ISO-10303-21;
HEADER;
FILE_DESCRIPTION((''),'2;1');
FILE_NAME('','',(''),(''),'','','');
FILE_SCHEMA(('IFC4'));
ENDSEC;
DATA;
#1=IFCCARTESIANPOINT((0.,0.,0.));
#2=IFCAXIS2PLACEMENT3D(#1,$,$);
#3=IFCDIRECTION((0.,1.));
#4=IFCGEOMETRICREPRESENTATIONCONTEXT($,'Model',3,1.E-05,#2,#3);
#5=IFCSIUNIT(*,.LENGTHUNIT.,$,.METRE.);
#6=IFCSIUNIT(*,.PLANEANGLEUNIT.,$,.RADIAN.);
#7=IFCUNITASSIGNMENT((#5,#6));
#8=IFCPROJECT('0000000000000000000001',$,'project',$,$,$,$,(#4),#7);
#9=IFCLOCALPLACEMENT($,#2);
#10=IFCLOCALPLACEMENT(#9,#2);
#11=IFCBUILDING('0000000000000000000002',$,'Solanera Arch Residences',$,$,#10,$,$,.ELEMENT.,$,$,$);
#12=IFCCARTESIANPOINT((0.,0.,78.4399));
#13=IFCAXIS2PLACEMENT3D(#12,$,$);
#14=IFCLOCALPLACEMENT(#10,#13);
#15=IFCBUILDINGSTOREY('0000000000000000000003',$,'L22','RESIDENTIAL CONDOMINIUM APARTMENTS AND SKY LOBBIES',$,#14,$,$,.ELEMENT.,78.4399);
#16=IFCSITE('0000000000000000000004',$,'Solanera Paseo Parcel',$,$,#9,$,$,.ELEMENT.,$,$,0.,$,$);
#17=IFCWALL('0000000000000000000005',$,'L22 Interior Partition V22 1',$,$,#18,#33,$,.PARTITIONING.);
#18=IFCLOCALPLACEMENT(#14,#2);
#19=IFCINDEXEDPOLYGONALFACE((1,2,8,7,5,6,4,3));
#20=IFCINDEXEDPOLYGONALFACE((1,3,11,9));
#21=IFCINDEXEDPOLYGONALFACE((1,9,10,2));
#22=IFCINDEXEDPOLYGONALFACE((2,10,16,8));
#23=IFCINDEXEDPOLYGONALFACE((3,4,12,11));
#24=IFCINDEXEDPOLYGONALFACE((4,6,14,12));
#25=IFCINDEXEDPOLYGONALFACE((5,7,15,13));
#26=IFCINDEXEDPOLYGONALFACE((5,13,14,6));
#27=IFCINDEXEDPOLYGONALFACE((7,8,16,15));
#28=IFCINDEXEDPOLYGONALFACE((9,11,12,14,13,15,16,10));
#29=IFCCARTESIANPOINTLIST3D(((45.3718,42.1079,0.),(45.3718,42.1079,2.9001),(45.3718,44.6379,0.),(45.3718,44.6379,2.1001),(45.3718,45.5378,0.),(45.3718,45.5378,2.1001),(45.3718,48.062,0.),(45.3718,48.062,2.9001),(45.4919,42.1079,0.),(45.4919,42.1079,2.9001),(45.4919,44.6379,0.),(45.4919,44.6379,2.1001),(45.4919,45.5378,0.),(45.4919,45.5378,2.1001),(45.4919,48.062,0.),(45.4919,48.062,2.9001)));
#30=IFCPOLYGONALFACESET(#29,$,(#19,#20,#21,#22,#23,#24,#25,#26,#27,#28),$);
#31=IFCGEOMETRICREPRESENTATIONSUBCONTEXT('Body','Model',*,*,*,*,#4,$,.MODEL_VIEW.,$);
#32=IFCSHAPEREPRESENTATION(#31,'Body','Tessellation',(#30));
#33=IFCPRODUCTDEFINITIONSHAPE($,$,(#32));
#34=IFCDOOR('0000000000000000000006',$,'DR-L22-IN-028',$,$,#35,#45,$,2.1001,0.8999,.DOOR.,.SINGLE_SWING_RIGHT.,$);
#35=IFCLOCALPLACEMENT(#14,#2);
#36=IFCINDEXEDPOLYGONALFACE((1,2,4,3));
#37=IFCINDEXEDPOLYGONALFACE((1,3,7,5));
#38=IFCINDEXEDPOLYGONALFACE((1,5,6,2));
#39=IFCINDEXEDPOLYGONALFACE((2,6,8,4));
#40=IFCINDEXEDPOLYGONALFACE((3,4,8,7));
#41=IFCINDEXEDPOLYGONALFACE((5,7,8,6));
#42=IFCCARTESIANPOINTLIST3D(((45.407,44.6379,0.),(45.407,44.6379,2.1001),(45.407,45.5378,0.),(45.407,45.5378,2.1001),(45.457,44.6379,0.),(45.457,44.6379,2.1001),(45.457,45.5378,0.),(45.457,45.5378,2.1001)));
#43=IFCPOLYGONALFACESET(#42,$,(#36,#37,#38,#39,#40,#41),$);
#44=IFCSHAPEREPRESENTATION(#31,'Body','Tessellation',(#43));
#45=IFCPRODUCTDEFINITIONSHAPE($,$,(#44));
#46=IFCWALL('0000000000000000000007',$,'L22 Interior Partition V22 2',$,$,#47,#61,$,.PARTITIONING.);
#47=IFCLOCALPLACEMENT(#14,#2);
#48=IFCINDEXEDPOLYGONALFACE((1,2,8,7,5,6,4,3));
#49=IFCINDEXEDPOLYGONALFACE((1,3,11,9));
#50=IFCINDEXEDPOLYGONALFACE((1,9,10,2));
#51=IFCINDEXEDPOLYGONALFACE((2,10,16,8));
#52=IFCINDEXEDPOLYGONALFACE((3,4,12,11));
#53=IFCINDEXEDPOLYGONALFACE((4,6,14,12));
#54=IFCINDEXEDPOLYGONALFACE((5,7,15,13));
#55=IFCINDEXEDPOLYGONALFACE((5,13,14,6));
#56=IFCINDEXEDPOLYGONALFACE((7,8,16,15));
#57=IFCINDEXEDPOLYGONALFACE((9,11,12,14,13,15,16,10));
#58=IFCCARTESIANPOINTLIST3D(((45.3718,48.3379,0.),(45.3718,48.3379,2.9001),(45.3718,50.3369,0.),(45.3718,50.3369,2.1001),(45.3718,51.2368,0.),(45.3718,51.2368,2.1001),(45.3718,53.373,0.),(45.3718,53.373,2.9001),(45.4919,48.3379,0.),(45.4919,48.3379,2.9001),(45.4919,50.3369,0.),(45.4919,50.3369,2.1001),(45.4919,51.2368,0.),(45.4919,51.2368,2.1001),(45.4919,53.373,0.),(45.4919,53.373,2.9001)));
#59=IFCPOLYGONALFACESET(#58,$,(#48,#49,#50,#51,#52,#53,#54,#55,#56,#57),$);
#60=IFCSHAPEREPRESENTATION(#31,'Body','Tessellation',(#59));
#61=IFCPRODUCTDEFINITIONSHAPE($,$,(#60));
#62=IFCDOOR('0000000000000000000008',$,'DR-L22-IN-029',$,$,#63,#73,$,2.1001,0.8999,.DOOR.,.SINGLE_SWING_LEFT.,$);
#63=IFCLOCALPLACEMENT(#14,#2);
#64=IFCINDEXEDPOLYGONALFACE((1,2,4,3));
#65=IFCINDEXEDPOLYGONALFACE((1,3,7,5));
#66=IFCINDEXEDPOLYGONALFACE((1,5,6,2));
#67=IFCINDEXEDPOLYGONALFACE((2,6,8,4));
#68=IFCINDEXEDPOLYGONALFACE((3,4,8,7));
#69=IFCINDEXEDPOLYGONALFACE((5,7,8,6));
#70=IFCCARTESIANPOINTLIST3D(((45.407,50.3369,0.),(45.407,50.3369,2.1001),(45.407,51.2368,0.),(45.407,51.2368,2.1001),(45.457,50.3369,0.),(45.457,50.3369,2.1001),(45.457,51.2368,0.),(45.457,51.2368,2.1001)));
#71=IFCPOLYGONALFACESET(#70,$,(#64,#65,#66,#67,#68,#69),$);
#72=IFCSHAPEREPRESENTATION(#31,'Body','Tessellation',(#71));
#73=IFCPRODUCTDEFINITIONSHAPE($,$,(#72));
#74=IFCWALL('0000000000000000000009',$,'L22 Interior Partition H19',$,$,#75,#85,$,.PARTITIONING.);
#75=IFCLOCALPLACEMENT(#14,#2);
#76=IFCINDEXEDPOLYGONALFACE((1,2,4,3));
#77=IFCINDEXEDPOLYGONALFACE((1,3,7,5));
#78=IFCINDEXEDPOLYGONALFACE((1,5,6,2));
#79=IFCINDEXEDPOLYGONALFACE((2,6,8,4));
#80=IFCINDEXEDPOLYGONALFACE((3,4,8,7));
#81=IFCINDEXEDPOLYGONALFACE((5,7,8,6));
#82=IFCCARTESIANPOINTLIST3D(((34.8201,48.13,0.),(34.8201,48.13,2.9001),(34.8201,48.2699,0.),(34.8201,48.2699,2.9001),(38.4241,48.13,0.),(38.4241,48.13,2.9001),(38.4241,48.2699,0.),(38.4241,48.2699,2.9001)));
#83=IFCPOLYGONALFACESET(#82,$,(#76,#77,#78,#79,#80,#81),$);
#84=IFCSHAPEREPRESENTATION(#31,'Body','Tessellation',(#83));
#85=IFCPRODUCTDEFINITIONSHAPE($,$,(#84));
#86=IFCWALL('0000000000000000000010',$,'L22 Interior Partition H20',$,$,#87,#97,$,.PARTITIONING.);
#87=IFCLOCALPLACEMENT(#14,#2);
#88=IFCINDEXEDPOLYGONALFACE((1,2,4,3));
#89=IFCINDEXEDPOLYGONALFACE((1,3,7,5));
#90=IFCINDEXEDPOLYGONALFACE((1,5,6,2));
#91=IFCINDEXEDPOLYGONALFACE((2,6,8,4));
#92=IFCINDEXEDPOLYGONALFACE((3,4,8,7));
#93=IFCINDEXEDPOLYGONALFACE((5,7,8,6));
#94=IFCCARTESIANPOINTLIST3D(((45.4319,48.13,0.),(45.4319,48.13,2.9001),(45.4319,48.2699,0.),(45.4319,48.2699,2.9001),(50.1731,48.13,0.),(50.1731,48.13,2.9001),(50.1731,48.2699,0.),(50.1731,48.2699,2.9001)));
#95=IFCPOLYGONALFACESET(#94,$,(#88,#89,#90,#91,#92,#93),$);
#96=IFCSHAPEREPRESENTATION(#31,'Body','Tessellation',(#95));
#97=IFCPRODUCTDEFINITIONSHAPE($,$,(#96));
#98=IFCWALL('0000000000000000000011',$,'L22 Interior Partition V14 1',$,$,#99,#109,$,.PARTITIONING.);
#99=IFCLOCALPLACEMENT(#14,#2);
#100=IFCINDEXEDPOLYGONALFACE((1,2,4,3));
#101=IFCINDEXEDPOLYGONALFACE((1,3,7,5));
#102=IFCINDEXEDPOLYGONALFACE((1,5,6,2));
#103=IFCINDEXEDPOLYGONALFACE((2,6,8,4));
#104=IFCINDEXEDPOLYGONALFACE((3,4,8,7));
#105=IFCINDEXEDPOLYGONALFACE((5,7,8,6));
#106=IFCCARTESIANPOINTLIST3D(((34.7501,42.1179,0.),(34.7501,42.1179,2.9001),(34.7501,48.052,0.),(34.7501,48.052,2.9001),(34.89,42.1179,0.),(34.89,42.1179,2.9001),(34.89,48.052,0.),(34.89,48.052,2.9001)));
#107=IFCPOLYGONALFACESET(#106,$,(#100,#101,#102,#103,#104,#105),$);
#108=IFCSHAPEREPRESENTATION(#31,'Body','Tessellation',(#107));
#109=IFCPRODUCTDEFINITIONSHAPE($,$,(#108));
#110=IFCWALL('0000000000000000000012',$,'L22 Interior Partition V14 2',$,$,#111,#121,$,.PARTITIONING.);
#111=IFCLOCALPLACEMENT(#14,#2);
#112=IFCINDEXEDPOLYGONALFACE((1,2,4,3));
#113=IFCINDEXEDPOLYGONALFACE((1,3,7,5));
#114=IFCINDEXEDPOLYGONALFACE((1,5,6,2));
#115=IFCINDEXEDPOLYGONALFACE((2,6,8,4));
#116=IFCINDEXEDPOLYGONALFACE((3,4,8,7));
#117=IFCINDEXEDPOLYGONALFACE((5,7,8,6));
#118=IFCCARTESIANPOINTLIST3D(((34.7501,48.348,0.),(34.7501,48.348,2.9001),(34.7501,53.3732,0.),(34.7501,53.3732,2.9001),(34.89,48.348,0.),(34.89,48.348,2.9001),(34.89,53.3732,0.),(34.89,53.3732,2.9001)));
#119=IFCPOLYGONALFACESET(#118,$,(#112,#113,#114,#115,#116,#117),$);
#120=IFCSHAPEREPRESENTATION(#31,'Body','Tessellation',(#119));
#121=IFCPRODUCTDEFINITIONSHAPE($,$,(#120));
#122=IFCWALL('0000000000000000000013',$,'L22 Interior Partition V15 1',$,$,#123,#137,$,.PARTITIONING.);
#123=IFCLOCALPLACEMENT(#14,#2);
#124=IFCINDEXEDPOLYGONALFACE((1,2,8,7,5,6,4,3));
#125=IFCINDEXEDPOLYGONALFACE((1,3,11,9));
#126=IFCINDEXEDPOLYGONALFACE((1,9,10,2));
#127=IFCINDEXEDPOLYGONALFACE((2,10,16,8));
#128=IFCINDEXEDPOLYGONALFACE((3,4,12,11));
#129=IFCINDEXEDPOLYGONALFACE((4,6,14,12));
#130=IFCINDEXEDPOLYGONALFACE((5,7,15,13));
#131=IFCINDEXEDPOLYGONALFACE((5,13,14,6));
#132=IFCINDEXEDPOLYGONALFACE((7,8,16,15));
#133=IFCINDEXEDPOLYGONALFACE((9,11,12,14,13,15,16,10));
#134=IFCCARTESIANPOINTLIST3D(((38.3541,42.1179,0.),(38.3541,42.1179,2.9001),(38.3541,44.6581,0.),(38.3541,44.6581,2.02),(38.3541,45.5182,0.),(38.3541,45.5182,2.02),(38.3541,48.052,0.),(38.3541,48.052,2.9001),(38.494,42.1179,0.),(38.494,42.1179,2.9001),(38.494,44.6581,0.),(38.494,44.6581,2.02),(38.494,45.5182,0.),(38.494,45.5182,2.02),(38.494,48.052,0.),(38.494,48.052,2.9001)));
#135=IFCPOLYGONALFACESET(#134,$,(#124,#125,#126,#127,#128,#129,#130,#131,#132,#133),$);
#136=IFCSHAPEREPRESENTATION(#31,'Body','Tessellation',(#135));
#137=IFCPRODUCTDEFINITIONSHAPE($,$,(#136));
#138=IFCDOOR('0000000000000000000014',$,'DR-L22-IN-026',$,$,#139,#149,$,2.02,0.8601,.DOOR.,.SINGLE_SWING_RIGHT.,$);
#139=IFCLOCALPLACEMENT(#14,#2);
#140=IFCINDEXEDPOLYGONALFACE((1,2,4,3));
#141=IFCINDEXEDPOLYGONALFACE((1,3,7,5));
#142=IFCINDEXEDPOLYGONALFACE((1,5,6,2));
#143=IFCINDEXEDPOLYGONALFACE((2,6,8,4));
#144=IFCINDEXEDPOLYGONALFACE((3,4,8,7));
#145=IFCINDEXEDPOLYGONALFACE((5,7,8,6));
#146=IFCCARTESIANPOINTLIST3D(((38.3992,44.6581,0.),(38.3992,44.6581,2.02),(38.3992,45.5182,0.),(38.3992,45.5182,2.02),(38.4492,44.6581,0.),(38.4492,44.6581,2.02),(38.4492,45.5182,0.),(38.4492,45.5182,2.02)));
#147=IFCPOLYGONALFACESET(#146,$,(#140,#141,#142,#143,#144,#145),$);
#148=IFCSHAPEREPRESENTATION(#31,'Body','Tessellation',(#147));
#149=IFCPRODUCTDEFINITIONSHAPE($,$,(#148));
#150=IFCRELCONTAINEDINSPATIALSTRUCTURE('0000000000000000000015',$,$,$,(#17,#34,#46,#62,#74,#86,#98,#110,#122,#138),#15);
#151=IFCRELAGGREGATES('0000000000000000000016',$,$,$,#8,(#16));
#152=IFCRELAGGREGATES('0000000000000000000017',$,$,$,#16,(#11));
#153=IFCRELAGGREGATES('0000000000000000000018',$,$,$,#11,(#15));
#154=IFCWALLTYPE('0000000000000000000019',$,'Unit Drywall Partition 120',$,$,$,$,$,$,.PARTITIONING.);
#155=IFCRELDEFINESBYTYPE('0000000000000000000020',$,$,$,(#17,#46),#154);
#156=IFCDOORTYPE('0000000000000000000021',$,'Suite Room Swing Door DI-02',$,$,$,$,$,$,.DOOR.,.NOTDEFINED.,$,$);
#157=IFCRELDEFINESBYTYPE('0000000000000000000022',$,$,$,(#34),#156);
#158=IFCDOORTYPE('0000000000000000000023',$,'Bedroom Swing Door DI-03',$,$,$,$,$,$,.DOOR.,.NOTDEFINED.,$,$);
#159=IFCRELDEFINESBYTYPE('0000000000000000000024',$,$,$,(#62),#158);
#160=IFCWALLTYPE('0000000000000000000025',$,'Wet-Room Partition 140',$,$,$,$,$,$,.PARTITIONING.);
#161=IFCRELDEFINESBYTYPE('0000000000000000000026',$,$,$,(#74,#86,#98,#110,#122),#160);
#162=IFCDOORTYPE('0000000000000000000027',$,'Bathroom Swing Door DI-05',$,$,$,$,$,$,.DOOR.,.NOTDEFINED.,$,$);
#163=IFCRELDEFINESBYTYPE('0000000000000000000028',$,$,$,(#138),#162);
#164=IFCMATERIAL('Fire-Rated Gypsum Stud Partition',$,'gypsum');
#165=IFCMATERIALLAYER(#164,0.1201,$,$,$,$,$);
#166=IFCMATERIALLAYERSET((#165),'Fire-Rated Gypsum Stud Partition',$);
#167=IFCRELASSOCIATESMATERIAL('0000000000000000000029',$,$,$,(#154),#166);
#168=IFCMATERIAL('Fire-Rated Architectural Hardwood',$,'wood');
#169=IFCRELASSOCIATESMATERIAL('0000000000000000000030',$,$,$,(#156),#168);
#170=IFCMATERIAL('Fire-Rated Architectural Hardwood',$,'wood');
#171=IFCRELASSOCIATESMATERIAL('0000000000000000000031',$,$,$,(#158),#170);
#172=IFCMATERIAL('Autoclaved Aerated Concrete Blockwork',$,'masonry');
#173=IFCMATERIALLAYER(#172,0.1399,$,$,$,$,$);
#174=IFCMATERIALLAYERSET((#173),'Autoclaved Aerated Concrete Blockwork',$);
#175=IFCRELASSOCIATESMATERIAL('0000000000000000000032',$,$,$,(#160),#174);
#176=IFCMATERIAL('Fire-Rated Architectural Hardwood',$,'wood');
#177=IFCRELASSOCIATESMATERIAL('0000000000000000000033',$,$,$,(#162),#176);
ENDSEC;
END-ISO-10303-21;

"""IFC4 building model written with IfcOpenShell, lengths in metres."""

from ifc_helpers import new_model, si_unit, direction, frame, frame_2d, origin, place, context, subcontext, project, spatial, rectangle, extrude, material, layer, layer_set, type_object, element, fill, save


model = new_model("IFC4")

# Units and contexts
model_context = context("Model", 3, precision=1e-05, world=origin(), true_north=direction((0.0, 1.0)))
body_context = subcontext(model_context, "Body", "Model", "MODEL_VIEW")
ifc_project = project(units=[si_unit("LENGTHUNIT", "METRE"), si_unit("PLANEANGLEUNIT", "RADIAN")], contexts=[model_context])

# Site, building, storey
site_placement = place(None, origin())
site = spatial("IfcSite", under=ifc_project, at=site_placement, Name="Solanera Paseo Parcel", CompositionType="ELEMENT", RefElevation=0.0)
building_placement = place(site_placement, origin())
building = spatial("IfcBuilding", under=site, at=building_placement, Name="Solanera Arch Residences", CompositionType="ELEMENT")
storey_placement = place(building_placement, frame((0.0, 0.0, 78.4399)))
storey = spatial("IfcBuildingStorey", under=building, at=storey_placement, Name="L22", Description="RESIDENTIAL CONDOMINIUM APARTMENTS AND SKY LOBBIES", CompositionType="ELEMENT", Elevation=78.4399)

# Shared definitions
ifc_material_1 = material(Name="Fire-Rated Gypsum Stud Partition", Category="gypsum")
ifc_layer_1 = layer(ifc_material_1, 0.1201)
ifc_layer_set_1 = layer_set([ifc_layer_1], Name="Fire-Rated Gypsum Stud Partition")
wall_type_1 = type_object("IfcWallType", Name="Unit Drywall Partition 120", PredefinedType="PARTITIONING", material=ifc_layer_set_1)

# Walls, openings, doors
wall_1_placement = place(storey_placement, frame((45.4319, 42.1079, 0.0), z_axis=(0.0, 0.0, 1.0), x_axis=(0.0, 1.0, 0.0)))
wall_1 = element("IfcWall", 1, at=wall_1_placement, inside=storey, type_object=wall_type_1, Name="L22 Interior Partition V22 1", PredefinedType="PARTITIONING", context=body_context, shape_type="SweptSolid", body=[
    extrude(rectangle(XDim=5.9541, YDim=0.1201, at=frame_2d((2.9771, 0.0))), origin(), (0.0, 0.0, 1.0), 2.9001),
])
opening_1_placement = place(wall_1_placement, frame((2.53, 0.0, 0.0)))
opening_1 = element("IfcOpeningElement", 2, at=opening_1_placement, cuts=wall_1, PredefinedType="OPENING", context=body_context, shape_type="SweptSolid", body=[
    extrude(rectangle(XDim=0.8999, YDim=2.1001, at=frame_2d((0.45, 1.05))), frame((0.0, 0.0701, 0.0), z_axis=(0.0, -1.0, 0.0), x_axis=(1.0, 0.0, 0.0)), (0.0, 0.0, 1.0), 0.1401),
])
ifc_material_2 = material(Name="Fire-Rated Architectural Hardwood", Category="wood")
door_type_1 = type_object("IfcDoorType", Name="Suite Room Swing Door DI-02", OperationType="NOTDEFINED", PredefinedType="DOOR", material=ifc_material_2)
door_1_placement = place(opening_1_placement, origin())
door_1 = element("IfcDoor", 3, at=door_1_placement, inside=storey, type_object=door_type_1, Name="DR-L22-IN-028", OperationType="SINGLE_SWING_RIGHT", OverallHeight=2.1001, OverallWidth=0.8999, PredefinedType="DOOR", context=body_context, shape_type="SweptSolid", body=[
    extrude(rectangle(XDim=0.8999, YDim=2.1001, at=frame_2d((0.45, 1.05))), frame((0.0, 0.0249, 0.0), z_axis=(0.0, -1.0, 0.0), x_axis=(1.0, 0.0, 0.0)), (0.0, 0.0, 1.0), 0.05),
])
fill(opening_1, door_1)
wall_2_placement = place(storey_placement, frame((45.4319, 48.3379, 0.0), z_axis=(0.0, 0.0, 1.0), x_axis=(0.0, 1.0, 0.0)))
wall_2 = element("IfcWall", 4, at=wall_2_placement, inside=storey, type_object=wall_type_1, Name="L22 Interior Partition V22 2", PredefinedType="PARTITIONING", context=body_context, shape_type="SweptSolid", body=[
    extrude(rectangle(XDim=5.0352, YDim=0.1201, at=frame_2d((2.5176, 0.0))), origin(), (0.0, 0.0, 1.0), 2.9001),
])
opening_2_placement = place(wall_2_placement, frame((1.999, 0.0, 0.0)))
opening_2 = element("IfcOpeningElement", 5, at=opening_2_placement, cuts=wall_2, PredefinedType="OPENING", context=body_context, shape_type="SweptSolid", body=[
    extrude(rectangle(XDim=0.8999, YDim=2.1001, at=frame_2d((0.45, 1.05))), frame((0.0, 0.0701, 0.0), z_axis=(0.0, -1.0, 0.0), x_axis=(1.0, 0.0, 0.0)), (0.0, 0.0, 1.0), 0.1401),
])
ifc_material_3 = material(Name="Fire-Rated Architectural Hardwood", Category="wood")
door_type_2 = type_object("IfcDoorType", Name="Bedroom Swing Door DI-03", OperationType="NOTDEFINED", PredefinedType="DOOR", material=ifc_material_3)
door_2_placement = place(opening_2_placement, origin())
door_2 = element("IfcDoor", 6, at=door_2_placement, inside=storey, type_object=door_type_2, Name="DR-L22-IN-029", OperationType="SINGLE_SWING_LEFT", OverallHeight=2.1001, OverallWidth=0.8999, PredefinedType="DOOR", context=body_context, shape_type="SweptSolid", body=[
    extrude(rectangle(XDim=0.8999, YDim=2.1001, at=frame_2d((0.45, 1.05))), frame((0.0, 0.0249, 0.0), z_axis=(0.0, -1.0, 0.0), x_axis=(1.0, 0.0, 0.0)), (0.0, 0.0, 1.0), 0.05),
])
fill(opening_2, door_2)

# Walls
ifc_material_4 = material(Name="Autoclaved Aerated Concrete Blockwork", Category="masonry")
ifc_layer_2 = layer(ifc_material_4, 0.1399)
ifc_layer_set_2 = layer_set([ifc_layer_2], Name="Autoclaved Aerated Concrete Blockwork")
wall_type_2 = type_object("IfcWallType", Name="Wet-Room Partition 140", PredefinedType="PARTITIONING", material=ifc_layer_set_2)
wall_3_placement = place(storey_placement, frame((34.8201, 48.2, 0.0), z_axis=(0.0, 0.0, 1.0), x_axis=(1.0, 0.0, 0.0)))
element("IfcWall", 7, at=wall_3_placement, inside=storey, type_object=wall_type_2, Name="L22 Interior Partition H19", PredefinedType="PARTITIONING", context=body_context, shape_type="SweptSolid", body=[
    extrude(rectangle(XDim=3.604, YDim=0.1399, at=frame_2d((1.802, 0.0))), origin(), (0.0, 0.0, 1.0), 2.9001),
])
wall_4_placement = place(storey_placement, frame((45.4319, 48.2, 0.0), z_axis=(0.0, 0.0, 1.0), x_axis=(1.0, 0.0, 0.0)))
element("IfcWall", 8, at=wall_4_placement, inside=storey, type_object=wall_type_2, Name="L22 Interior Partition H20", PredefinedType="PARTITIONING", context=body_context, shape_type="SweptSolid", body=[
    extrude(rectangle(XDim=4.7412, YDim=0.1399, at=frame_2d((2.3706, 0.0))), origin(), (0.0, 0.0, 1.0), 2.9001),
])
wall_5_placement = place(storey_placement, frame((34.8201, 42.1179, 0.0), z_axis=(0.0, 0.0, 1.0), x_axis=(0.0, 1.0, 0.0)))
element("IfcWall", 9, at=wall_5_placement, inside=storey, type_object=wall_type_2, Name="L22 Interior Partition V14 1", PredefinedType="PARTITIONING", context=body_context, shape_type="SweptSolid", body=[
    extrude(rectangle(XDim=5.9341, YDim=0.1399, at=frame_2d((2.967, 0.0))), origin(), (0.0, 0.0, 1.0), 2.9001),
])
wall_6_placement = place(storey_placement, frame((34.8201, 48.3479, 0.0), z_axis=(0.0, 0.0, 1.0), x_axis=(0.0, 1.0, 0.0)))
element("IfcWall", 10, at=wall_6_placement, inside=storey, type_object=wall_type_2, Name="L22 Interior Partition V14 2", PredefinedType="PARTITIONING", context=body_context, shape_type="SweptSolid", body=[
    extrude(rectangle(XDim=5.0251, YDim=0.1399, at=frame_2d((2.5127, 0.0))), origin(), (0.0, 0.0, 1.0), 2.9001),
])

# Wall, opening, door
wall_7_placement = place(storey_placement, frame((38.4241, 42.1179, 0.0), z_axis=(0.0, 0.0, 1.0), x_axis=(0.0, 1.0, 0.0)))
wall_7 = element("IfcWall", 11, at=wall_7_placement, inside=storey, type_object=wall_type_2, Name="L22 Interior Partition V15 1", PredefinedType="PARTITIONING", context=body_context, shape_type="SweptSolid", body=[
    extrude(rectangle(XDim=5.9341, YDim=0.1399, at=frame_2d((2.967, 0.0))), origin(), (0.0, 0.0, 1.0), 2.9001),
])
opening_3_placement = place(wall_7_placement, frame((2.54, 0.0, 0.0)))
opening_3 = element("IfcOpeningElement", 12, at=opening_3_placement, cuts=wall_7, PredefinedType="OPENING", context=body_context, shape_type="SweptSolid", body=[
    extrude(rectangle(XDim=0.8601, YDim=2.02, at=frame_2d((0.4302, 1.01))), frame((0.0, 0.0798, 0.0), z_axis=(0.0, -1.0, 0.0), x_axis=(1.0, 0.0, 0.0)), (0.0, 0.0, 1.0), 0.1599),
])
ifc_material_5 = material(Name="Fire-Rated Architectural Hardwood", Category="wood")
door_type_3 = type_object("IfcDoorType", Name="Bathroom Swing Door DI-05", OperationType="NOTDEFINED", PredefinedType="DOOR", material=ifc_material_5)
door_3_placement = place(opening_3_placement, origin())
door_3 = element("IfcDoor", 13, at=door_3_placement, inside=storey, type_object=door_type_3, Name="DR-L22-IN-026", OperationType="SINGLE_SWING_RIGHT", OverallHeight=2.02, OverallWidth=0.8601, PredefinedType="DOOR", context=body_context, shape_type="SweptSolid", body=[
    extrude(rectangle(XDim=0.8601, YDim=2.02, at=frame_2d((0.4302, 1.01))), frame((0.0, 0.0249, 0.0), z_axis=(0.0, -1.0, 0.0), x_axis=(1.0, 0.0, 0.0)), (0.0, 0.0, 1.0), 0.05),
])
fill(opening_3, door_3)

save(model, "model.ifc")
